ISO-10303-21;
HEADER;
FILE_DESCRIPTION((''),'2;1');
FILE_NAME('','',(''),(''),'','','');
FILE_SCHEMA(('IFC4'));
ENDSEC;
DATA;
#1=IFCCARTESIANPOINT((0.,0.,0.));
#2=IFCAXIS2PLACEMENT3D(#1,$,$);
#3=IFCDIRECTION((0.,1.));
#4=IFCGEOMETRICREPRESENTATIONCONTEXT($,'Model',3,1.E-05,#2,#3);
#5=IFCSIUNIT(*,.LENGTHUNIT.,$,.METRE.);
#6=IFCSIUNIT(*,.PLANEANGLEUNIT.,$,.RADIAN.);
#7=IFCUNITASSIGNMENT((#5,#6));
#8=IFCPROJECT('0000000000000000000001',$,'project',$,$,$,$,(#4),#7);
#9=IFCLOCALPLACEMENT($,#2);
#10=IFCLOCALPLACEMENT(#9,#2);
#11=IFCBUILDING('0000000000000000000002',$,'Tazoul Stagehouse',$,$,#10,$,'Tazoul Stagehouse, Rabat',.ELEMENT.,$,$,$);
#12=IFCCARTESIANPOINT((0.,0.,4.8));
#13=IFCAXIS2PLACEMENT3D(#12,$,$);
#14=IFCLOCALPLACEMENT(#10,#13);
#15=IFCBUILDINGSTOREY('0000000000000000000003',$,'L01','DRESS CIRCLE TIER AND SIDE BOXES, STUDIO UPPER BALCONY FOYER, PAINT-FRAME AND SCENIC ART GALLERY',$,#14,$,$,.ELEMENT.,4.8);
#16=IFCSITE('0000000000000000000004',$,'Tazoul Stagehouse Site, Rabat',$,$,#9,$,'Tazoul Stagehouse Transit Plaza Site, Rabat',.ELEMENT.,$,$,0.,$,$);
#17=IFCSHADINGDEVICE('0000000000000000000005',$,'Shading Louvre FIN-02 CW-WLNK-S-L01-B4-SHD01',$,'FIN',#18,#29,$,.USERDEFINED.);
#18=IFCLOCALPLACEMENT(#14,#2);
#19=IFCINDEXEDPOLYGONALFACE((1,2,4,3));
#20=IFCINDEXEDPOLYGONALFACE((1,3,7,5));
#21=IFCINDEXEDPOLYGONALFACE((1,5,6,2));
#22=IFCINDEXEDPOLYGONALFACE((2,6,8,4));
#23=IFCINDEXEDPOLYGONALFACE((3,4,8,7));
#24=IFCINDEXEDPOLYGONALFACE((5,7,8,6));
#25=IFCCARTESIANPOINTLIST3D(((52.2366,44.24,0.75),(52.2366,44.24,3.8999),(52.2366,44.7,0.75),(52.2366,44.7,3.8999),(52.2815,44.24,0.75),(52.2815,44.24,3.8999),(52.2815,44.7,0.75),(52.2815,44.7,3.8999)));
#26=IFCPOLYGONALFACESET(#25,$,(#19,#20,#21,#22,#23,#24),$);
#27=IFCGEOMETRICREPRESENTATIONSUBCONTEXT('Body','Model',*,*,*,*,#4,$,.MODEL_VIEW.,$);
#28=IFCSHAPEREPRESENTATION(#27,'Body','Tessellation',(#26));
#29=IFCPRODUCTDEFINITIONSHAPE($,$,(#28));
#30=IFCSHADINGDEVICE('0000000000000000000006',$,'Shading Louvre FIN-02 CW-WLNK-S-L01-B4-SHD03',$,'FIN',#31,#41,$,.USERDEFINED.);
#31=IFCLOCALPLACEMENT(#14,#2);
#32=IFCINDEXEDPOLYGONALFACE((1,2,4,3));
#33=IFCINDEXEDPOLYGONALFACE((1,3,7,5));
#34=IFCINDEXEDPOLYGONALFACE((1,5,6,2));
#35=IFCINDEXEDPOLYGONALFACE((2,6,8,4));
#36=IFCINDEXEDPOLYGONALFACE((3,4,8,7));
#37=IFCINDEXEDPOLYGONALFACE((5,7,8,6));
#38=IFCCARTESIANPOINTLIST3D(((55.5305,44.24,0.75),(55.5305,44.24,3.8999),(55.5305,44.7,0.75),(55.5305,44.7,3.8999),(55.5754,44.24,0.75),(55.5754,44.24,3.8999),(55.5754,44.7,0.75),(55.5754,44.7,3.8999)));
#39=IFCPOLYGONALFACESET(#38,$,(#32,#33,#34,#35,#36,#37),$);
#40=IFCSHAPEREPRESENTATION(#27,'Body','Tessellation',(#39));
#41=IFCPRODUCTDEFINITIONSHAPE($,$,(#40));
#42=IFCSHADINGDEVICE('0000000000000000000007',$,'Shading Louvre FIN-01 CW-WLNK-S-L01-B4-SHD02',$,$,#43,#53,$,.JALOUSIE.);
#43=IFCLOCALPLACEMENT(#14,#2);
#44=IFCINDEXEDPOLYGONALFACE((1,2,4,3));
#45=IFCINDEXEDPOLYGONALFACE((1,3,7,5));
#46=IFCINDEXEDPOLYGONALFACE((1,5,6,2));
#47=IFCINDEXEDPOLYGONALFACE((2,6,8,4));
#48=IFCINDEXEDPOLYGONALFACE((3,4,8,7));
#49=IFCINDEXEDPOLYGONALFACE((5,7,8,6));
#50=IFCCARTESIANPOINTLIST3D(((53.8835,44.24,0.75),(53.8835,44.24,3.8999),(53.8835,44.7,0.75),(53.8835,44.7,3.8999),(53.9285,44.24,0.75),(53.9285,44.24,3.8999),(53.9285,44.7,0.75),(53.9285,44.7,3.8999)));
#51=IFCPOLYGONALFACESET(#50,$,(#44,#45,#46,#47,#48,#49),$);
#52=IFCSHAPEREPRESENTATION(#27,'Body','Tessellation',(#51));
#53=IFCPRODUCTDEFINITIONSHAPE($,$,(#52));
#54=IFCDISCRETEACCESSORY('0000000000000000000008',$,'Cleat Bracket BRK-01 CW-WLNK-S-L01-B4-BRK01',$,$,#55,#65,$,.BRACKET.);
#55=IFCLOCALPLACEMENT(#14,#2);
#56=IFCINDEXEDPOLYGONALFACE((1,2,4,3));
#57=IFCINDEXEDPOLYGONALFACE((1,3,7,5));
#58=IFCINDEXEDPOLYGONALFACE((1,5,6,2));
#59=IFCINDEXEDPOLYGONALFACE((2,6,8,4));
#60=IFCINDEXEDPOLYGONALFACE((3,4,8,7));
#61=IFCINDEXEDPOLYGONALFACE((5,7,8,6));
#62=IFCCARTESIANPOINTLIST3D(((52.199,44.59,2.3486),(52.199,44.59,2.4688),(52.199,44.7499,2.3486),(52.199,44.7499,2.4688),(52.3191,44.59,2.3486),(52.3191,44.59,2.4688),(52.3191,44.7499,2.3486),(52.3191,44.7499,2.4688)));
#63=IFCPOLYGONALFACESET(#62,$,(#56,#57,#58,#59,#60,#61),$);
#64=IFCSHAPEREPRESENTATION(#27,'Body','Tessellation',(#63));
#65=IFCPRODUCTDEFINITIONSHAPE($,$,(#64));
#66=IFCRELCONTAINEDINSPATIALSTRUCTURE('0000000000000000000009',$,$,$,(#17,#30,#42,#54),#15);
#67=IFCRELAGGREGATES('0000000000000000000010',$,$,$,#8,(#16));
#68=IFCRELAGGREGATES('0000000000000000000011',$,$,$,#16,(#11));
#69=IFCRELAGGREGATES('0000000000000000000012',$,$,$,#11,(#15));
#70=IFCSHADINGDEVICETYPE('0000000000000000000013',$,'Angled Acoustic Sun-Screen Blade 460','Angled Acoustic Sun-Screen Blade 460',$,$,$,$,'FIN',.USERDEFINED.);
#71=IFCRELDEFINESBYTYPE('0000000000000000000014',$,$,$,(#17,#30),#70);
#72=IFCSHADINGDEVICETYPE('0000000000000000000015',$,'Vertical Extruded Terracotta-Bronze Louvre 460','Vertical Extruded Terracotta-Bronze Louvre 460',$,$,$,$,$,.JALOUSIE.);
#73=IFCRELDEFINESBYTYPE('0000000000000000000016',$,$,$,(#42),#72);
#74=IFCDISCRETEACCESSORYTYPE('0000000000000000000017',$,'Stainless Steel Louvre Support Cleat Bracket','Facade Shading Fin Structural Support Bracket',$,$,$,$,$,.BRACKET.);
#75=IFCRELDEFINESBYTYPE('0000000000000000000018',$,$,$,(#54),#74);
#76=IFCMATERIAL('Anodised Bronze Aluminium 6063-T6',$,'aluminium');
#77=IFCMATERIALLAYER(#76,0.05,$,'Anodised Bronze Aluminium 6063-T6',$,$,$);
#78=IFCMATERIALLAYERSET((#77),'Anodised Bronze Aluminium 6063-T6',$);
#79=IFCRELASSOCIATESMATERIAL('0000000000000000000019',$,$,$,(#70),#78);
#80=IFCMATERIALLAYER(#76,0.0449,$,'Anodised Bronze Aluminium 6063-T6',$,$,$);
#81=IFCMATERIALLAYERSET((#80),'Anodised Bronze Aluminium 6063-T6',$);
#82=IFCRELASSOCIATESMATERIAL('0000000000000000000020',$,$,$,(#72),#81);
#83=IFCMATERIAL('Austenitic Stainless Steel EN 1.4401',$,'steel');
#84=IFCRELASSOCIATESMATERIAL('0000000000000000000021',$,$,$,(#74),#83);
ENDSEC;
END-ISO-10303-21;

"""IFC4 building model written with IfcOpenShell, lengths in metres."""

from ifc_helpers import new_model, si_unit, direction, frame, origin, origin_2d, place, context, subcontext, project, spatial, rectangle, extrude, material, layer, layer_set, type_object, element, save


model = new_model("IFC4")

# Units and contexts
model_context = context("Model", 3, precision=1e-05, world=origin(), true_north=direction((0.0, 1.0)))
body_context = subcontext(model_context, "Body", "Model", "MODEL_VIEW")
ifc_project = project(units=[si_unit("LENGTHUNIT", "METRE"), si_unit("PLANEANGLEUNIT", "RADIAN")], contexts=[model_context])

# Site, building, storey
site_placement = place(None, origin())
site = spatial("IfcSite", under=ifc_project, at=site_placement, Name="Tazoul Stagehouse Site, Rabat", LongName="Tazoul Stagehouse Transit Plaza Site, Rabat", CompositionType="ELEMENT", RefElevation=0.0)
building_placement = place(site_placement, origin())
building = spatial("IfcBuilding", under=site, at=building_placement, Name="Tazoul Stagehouse", LongName="Tazoul Stagehouse, Rabat", CompositionType="ELEMENT")
storey_placement = place(building_placement, frame((0.0, 0.0, 4.8)))
storey = spatial("IfcBuildingStorey", under=building, at=storey_placement, Name="L01", Description="DRESS CIRCLE TIER AND SIDE BOXES, STUDIO UPPER BALCONY FOYER, PAINT-FRAME AND SCENIC ART GALLERY", CompositionType="ELEMENT", Elevation=4.8)

# Shared definitions
ifc_material_1 = material(Name="Anodised Bronze Aluminium 6063-T6", Category="aluminium")

# Shading devices
ifc_layer_1 = layer(ifc_material_1, 0.05, Name="Anodised Bronze Aluminium 6063-T6")
ifc_layer_set_1 = layer_set([ifc_layer_1], Name="Anodised Bronze Aluminium 6063-T6")
shading_device_type_1 = type_object("IfcShadingDeviceType", Name="Angled Acoustic Sun-Screen Blade 460", Description="Angled Acoustic Sun-Screen Blade 460", ElementType="FIN", PredefinedType="USERDEFINED", material=ifc_layer_set_1)
for number, where, z_axis, x_axis, name in (
    (1, (52.259, 44.47, 0.75), (0.0, 0.0, 1.0), (1.0, 0.0, 0.0), "Shading Louvre FIN-02 CW-WLNK-S-L01-B4-SHD01"),
    (2, (55.553, 44.47, 0.75), (0.0, 0.0, 1.0), (1.0, 0.0, 0.0), "Shading Louvre FIN-02 CW-WLNK-S-L01-B4-SHD03"),
):
    element("IfcShadingDevice", number, at=place(storey_placement, frame(where, z_axis=z_axis, x_axis=x_axis)), inside=storey, type_object=shading_device_type_1, Name=name, ObjectType="FIN", PredefinedType="USERDEFINED", context=body_context, shape_type="SweptSolid", body=[
        extrude(rectangle(XDim=0.0449, YDim=0.46, at=origin_2d()), origin(), (0.0, 0.0, 1.0), 3.1499),
    ])
ifc_layer_2 = layer(ifc_material_1, 0.0449, Name="Anodised Bronze Aluminium 6063-T6")
ifc_layer_set_2 = layer_set([ifc_layer_2], Name="Anodised Bronze Aluminium 6063-T6")
shading_device_type_2 = type_object("IfcShadingDeviceType", Name="Vertical Extruded Terracotta-Bronze Louvre 460", Description="Vertical Extruded Terracotta-Bronze Louvre 460", PredefinedType="JALOUSIE", material=ifc_layer_set_2)
shading_device_placement = place(storey_placement, frame((53.906, 44.47, 0.75), z_axis=(0.0, 0.0, 1.0), x_axis=(1.0, 0.0, 0.0)))
element("IfcShadingDevice", 3, at=shading_device_placement, inside=storey, type_object=shading_device_type_2, Name="Shading Louvre FIN-01 CW-WLNK-S-L01-B4-SHD02", PredefinedType="JALOUSIE", context=body_context, shape_type="SweptSolid", body=[
    extrude(rectangle(XDim=0.0449, YDim=0.46, at=origin_2d()), origin(), (0.0, 0.0, 1.0), 3.1499),
])

# Discrete accessory
ifc_material_2 = material(Name="Austenitic Stainless Steel EN 1.4401", Category="steel")
discrete_accessory_type = type_object("IfcDiscreteAccessoryType", Name="Stainless Steel Louvre Support Cleat Bracket", Description="Facade Shading Fin Structural Support Bracket", PredefinedType="BRACKET", material=ifc_material_2)
discrete_accessory_placement = place(storey_placement, frame((52.259, 44.6699, 2.3486), z_axis=(0.0, 0.0, 1.0), x_axis=(1.0, 0.0, 0.0)))
element("IfcDiscreteAccessory", 4, at=discrete_accessory_placement, inside=storey, type_object=discrete_accessory_type, Name="Cleat Bracket BRK-01 CW-WLNK-S-L01-B4-BRK01", PredefinedType="BRACKET", context=body_context, shape_type="SweptSolid", body=[
    extrude(rectangle(XDim=0.1201, YDim=0.1599, at=origin_2d()), origin(), (0.0, 0.0, 1.0), 0.1201),
])

save(model, "model.ifc")
